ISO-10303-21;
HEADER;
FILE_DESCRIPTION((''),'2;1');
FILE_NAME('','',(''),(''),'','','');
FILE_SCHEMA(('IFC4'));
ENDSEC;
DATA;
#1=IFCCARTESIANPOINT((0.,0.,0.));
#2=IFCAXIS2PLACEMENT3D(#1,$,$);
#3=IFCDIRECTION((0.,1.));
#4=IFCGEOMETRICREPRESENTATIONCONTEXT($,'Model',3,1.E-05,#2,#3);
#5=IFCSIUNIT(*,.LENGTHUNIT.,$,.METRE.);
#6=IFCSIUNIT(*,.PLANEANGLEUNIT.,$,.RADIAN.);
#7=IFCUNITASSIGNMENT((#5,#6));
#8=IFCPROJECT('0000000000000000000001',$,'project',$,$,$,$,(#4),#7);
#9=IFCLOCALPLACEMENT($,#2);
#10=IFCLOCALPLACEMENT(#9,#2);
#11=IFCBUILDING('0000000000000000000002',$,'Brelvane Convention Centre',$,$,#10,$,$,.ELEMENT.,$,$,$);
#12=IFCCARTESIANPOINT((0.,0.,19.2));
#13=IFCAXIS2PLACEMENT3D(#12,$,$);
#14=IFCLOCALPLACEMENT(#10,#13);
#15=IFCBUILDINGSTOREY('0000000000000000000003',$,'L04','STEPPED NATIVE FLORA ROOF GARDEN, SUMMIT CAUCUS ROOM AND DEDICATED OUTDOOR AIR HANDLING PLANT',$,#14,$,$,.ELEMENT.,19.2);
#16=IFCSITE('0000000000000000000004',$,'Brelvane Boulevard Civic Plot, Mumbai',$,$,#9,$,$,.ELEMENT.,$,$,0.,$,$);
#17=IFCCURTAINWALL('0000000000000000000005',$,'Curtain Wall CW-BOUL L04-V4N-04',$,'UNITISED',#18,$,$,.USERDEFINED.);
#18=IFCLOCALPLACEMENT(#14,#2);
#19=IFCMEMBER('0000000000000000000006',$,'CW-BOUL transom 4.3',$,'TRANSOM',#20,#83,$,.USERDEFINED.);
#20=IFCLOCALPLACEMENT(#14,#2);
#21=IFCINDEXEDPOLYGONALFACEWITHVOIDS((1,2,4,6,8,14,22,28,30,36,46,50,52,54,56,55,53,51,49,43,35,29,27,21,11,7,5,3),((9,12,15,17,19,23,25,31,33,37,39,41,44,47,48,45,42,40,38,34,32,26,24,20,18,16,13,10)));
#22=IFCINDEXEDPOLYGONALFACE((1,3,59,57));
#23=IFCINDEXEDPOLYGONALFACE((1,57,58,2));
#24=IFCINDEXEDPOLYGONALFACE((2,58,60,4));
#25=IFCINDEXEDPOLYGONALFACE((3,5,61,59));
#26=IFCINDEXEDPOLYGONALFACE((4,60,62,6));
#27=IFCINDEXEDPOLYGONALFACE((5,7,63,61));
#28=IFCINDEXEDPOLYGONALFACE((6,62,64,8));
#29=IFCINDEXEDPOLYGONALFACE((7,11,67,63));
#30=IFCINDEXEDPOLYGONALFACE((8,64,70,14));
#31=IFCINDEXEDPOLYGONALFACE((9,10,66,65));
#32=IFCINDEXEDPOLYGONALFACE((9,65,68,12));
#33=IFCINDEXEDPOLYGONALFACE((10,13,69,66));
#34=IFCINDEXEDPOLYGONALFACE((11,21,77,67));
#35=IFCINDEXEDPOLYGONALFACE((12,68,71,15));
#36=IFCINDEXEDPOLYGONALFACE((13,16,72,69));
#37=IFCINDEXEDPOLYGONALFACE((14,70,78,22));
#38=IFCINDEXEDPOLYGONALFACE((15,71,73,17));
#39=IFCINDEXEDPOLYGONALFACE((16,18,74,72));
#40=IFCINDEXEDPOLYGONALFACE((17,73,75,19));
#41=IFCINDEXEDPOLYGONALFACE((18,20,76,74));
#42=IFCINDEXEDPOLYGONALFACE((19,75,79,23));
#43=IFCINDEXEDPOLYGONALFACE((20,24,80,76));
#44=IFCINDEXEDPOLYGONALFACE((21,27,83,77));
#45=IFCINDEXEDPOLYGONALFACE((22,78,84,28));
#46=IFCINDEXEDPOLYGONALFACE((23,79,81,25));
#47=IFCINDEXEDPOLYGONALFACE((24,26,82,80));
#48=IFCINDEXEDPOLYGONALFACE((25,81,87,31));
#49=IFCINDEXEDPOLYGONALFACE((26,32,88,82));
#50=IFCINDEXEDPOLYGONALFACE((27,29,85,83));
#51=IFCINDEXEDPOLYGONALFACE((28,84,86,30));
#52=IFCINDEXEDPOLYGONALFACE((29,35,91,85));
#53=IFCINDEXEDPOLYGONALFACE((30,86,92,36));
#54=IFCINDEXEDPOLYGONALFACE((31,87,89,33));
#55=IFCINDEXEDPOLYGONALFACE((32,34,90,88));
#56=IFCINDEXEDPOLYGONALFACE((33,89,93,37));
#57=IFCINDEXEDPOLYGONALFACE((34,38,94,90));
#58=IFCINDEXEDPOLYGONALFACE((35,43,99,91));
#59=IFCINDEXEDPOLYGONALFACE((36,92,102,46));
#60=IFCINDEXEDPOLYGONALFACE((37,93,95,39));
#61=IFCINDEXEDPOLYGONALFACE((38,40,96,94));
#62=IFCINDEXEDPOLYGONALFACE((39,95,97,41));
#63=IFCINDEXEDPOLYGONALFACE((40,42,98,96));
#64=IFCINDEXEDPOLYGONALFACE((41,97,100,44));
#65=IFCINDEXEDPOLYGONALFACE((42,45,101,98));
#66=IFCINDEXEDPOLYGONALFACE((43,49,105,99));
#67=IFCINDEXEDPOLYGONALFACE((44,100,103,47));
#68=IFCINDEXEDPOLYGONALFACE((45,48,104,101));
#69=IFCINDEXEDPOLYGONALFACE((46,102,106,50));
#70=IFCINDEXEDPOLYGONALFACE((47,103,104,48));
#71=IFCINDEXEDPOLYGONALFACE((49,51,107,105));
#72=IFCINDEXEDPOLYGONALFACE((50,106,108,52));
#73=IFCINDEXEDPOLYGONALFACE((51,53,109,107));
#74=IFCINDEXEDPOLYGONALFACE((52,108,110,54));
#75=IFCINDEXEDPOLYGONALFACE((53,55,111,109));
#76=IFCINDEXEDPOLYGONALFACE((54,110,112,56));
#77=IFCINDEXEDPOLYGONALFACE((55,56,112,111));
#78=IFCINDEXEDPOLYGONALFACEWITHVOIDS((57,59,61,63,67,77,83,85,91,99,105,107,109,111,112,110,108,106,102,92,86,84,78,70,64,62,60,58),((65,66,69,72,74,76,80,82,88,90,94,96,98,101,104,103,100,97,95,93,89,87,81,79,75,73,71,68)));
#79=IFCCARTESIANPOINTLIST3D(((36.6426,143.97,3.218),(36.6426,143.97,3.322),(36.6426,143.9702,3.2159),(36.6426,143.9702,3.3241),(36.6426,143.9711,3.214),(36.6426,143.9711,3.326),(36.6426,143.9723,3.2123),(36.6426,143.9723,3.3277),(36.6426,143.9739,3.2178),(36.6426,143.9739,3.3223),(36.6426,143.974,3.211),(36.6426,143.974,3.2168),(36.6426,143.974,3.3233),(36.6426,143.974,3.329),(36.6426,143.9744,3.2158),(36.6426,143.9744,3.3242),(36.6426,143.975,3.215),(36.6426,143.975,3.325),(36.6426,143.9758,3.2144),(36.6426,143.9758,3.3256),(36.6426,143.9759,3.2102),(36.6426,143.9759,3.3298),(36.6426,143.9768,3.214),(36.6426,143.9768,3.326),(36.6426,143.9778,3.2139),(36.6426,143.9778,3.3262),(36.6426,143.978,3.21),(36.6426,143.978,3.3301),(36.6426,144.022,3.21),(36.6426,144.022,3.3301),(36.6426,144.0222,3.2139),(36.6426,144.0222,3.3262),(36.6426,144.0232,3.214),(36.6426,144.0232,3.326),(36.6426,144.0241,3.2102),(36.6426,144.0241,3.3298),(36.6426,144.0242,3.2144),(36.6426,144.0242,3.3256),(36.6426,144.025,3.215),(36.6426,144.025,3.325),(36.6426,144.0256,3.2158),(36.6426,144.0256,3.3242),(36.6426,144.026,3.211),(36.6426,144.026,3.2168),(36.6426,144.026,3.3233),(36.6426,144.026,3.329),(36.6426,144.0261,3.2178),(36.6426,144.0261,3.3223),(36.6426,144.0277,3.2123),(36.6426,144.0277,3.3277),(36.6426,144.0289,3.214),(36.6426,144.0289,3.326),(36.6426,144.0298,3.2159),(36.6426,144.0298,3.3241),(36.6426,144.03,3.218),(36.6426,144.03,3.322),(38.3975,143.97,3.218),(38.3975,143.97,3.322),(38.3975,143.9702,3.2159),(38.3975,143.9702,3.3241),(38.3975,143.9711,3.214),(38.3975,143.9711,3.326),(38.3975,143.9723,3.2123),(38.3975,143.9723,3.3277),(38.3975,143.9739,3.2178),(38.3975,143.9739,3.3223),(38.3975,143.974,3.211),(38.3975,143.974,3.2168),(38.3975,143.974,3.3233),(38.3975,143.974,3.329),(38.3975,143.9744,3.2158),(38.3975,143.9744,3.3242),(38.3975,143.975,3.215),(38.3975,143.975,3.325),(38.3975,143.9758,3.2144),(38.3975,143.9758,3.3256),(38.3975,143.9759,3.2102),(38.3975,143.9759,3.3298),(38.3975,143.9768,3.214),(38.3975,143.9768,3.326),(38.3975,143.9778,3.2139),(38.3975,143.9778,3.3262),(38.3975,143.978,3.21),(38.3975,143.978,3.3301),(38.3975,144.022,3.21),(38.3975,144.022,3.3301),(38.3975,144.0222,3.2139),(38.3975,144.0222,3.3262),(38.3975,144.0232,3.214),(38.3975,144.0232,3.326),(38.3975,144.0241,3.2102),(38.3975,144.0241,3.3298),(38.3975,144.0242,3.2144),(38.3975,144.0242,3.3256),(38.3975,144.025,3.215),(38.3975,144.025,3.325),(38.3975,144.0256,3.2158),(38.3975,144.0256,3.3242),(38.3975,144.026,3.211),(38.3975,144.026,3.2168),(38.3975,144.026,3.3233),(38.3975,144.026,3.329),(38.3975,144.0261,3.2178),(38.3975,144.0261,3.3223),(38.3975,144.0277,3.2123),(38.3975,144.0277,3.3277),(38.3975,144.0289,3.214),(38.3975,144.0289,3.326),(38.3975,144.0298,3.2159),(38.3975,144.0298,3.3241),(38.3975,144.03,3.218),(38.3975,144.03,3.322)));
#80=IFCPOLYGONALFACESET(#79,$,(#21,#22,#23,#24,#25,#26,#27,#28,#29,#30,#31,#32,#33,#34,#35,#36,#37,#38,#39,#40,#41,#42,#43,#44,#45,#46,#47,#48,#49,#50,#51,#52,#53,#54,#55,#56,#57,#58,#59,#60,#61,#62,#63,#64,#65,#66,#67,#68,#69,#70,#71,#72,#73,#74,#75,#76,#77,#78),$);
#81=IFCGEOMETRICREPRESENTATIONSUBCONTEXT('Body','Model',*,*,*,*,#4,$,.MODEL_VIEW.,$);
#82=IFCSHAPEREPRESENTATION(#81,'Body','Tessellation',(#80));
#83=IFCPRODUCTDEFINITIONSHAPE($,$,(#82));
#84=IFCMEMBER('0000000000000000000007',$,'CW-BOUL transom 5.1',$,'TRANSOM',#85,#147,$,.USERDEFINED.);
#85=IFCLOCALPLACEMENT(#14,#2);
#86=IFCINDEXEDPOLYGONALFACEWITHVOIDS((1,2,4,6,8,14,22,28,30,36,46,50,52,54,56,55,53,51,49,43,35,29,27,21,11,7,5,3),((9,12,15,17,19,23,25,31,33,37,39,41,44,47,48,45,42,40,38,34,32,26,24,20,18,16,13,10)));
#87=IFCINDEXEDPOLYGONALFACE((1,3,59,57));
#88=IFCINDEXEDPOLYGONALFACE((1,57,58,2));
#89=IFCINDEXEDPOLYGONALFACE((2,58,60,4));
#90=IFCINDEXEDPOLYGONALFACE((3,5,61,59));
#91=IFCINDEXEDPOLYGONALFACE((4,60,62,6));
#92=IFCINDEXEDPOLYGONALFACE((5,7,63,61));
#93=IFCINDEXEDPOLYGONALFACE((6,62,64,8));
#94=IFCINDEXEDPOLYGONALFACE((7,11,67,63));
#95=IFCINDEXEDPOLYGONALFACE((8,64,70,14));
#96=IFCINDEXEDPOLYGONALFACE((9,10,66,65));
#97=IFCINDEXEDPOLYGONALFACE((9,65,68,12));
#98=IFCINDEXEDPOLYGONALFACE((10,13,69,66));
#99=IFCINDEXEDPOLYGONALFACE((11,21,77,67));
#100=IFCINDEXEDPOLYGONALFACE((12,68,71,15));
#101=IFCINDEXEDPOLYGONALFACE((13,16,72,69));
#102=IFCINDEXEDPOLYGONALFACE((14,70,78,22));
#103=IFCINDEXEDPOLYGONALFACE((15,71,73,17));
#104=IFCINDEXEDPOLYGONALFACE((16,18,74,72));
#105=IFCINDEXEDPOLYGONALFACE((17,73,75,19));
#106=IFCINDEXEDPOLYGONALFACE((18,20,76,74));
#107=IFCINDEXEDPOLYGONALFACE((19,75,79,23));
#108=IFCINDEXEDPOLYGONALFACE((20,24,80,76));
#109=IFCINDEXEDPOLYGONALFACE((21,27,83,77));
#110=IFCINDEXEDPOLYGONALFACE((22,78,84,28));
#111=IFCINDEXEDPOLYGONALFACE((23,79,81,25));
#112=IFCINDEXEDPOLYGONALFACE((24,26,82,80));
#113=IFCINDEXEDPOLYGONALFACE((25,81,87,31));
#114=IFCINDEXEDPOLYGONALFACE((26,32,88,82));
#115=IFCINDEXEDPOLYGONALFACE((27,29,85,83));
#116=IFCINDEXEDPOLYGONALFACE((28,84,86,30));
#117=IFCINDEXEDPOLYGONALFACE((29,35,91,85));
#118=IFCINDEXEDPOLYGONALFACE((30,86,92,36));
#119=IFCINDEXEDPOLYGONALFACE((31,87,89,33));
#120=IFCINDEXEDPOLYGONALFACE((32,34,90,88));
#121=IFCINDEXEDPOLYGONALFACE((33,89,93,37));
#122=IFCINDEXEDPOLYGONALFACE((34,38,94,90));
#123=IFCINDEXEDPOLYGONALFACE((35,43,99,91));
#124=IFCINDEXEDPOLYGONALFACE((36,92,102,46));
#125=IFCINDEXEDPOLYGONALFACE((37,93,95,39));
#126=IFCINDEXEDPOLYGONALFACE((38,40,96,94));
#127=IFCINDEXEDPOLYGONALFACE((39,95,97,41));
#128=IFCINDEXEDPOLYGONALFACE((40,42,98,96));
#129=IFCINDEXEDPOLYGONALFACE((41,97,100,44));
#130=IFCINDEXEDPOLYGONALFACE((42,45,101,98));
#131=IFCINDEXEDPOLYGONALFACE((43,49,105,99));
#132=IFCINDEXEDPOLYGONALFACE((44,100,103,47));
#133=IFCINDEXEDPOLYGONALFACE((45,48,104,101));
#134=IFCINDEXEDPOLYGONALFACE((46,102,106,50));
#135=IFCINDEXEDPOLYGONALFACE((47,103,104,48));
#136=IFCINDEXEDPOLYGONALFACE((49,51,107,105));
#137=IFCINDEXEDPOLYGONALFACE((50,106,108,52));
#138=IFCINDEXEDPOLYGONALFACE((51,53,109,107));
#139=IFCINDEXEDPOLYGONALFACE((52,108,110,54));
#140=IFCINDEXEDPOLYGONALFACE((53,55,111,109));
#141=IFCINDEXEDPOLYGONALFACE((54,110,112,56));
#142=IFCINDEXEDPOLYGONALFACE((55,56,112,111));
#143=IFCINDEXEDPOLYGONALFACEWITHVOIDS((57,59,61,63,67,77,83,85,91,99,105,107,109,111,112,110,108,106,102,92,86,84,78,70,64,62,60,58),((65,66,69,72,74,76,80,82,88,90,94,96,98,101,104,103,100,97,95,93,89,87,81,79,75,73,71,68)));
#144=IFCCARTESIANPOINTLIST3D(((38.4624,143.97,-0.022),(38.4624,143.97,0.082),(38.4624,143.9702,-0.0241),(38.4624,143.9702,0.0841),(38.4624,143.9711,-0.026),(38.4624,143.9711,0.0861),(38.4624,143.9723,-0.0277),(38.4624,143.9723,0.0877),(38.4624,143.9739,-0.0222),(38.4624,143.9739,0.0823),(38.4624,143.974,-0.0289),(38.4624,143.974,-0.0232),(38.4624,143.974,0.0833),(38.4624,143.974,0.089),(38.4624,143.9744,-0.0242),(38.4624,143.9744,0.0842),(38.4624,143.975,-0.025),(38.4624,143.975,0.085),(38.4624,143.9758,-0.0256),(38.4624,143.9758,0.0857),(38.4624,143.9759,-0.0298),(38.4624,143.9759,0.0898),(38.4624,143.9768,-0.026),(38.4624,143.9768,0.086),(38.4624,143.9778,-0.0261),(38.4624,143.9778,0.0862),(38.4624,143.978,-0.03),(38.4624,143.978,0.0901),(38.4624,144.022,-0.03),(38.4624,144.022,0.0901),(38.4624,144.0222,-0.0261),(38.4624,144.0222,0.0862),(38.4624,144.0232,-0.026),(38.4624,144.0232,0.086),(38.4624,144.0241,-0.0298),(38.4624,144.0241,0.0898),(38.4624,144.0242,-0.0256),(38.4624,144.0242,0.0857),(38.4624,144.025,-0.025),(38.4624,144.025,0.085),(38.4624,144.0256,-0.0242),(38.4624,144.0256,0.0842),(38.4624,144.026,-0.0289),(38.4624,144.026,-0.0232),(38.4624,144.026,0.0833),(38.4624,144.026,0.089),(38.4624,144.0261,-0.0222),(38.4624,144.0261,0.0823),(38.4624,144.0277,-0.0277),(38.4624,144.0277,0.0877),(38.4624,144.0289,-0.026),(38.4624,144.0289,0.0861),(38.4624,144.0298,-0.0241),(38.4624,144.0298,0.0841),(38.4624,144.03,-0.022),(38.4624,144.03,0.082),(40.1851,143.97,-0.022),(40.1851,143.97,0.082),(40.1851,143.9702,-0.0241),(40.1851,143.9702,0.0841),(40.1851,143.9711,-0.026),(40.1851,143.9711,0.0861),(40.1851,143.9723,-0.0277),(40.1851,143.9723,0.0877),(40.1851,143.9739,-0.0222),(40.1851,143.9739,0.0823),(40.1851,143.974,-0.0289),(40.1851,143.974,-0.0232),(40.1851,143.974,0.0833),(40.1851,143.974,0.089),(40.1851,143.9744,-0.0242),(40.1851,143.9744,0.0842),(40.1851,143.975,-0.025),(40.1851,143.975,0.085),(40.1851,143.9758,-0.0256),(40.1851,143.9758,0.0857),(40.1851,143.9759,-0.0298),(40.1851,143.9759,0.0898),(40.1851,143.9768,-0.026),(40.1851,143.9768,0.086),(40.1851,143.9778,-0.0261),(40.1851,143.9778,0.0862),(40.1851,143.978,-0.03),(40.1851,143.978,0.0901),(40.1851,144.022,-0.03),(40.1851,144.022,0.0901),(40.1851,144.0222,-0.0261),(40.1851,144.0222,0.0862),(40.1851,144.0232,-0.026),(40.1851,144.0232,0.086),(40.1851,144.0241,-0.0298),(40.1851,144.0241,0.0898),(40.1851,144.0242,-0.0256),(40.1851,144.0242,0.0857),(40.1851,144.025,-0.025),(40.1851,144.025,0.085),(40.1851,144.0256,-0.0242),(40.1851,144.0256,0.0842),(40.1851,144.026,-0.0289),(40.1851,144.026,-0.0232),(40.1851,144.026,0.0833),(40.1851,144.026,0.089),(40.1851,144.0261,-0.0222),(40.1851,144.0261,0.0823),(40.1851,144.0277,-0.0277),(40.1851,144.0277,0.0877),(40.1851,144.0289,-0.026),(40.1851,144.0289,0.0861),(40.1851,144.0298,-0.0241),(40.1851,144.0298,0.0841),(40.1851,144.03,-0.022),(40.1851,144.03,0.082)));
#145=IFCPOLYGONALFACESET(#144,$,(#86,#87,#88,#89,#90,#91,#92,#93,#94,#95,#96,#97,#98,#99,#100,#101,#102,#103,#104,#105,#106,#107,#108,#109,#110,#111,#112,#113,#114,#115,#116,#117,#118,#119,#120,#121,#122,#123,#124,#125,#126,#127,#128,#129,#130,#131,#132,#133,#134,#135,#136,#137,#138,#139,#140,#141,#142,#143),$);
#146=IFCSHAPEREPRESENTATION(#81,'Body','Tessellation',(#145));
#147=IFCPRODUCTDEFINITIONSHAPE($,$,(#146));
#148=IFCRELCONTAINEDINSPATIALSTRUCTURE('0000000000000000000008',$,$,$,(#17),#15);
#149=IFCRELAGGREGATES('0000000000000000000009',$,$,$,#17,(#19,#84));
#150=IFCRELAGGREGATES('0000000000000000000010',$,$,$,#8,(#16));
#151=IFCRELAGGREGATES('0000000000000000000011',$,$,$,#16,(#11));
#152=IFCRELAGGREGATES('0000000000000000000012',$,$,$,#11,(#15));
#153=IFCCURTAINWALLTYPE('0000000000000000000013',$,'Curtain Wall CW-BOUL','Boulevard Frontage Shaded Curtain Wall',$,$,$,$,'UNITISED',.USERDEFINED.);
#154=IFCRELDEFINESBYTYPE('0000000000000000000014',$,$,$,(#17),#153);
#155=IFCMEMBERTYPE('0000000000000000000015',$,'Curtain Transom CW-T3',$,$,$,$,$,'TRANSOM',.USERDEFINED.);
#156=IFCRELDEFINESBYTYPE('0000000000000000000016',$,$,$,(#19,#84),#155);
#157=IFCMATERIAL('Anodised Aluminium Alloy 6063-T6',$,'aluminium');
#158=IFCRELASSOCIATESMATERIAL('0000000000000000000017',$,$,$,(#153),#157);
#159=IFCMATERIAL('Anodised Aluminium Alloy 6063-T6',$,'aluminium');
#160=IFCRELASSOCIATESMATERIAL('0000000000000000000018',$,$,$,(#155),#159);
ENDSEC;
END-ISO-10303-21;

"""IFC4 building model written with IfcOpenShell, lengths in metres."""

from ifc_helpers import new_model, si_unit, direction, frame, origin, origin_2d, place, context, subcontext, project, spatial, hollow_rectangle, extrude, material, material_profile, profile_set, type_object, element, aggregate, save


model = new_model("IFC4")

# Units and contexts
model_context = context("Model", 3, precision=1e-05, world=origin(), true_north=direction((0.0, 1.0)))
body_context = subcontext(model_context, "Body", "Model", "MODEL_VIEW")
ifc_project = project(units=[si_unit("LENGTHUNIT", "METRE"), si_unit("PLANEANGLEUNIT", "RADIAN")], contexts=[model_context])

# Site, building, storey
site_placement = place(None, origin())
site = spatial("IfcSite", under=ifc_project, at=site_placement, Name="Brelvane Boulevard Civic Plot, Mumbai", CompositionType="ELEMENT", RefElevation=0.0)
building_placement = place(site_placement, origin())
building = spatial("IfcBuilding", under=site, at=building_placement, Name="Brelvane Convention Centre", CompositionType="ELEMENT")
storey_placement = place(building_placement, frame((0.0, 0.0, 19.2)))
storey = spatial("IfcBuildingStorey", under=building, at=storey_placement, Name="L04", Description="STEPPED NATIVE FLORA ROOF GARDEN, SUMMIT CAUCUS ROOM AND DEDICATED OUTDOOR AIR HANDLING PLANT", CompositionType="ELEMENT", Elevation=19.2)

# Curtain wall, members
ifc_material_1 = material(Name="Anodised Aluminium Alloy 6063-T6", Category="aluminium")
curtain_wall_type = type_object("IfcCurtainWallType", Name="Curtain Wall CW-BOUL", Description="Boulevard Frontage Shaded Curtain Wall", ElementType="UNITISED", PredefinedType="USERDEFINED", material=ifc_material_1)
curtain_wall_placement = place(storey_placement, origin())
curtain_wall = element("IfcCurtainWall", 1, at=curtain_wall_placement, inside=storey, type_object=curtain_wall_type, Name="Curtain Wall CW-BOUL L04-V4N-04", ObjectType="UNITISED", PredefinedType="USERDEFINED")
ifc_material_2 = material(Name="Anodised Aluminium Alloy 6063-T6", Category="aluminium")
ifc_material_profile_1 = material_profile(ifc_material_2, hollow_rectangle(XDim=0.0601, YDim=0.1201, WallThickness=0.0039, InnerFilletRadius=0.0039, OuterFilletRadius=0.0081, at=origin_2d()), Name="ALU-T 120x60x4.0")
ifc_profile_set_1 = profile_set([ifc_material_profile_1], Name="Anodised Aluminium Alloy 6063-T6")
member_type_1 = type_object("IfcMemberType", Name="Curtain Transom CW-T3", ElementType="TRANSOM", PredefinedType="USERDEFINED", material=ifc_profile_set_1)
member_1_placement = place(storey_placement, frame((36.6426, 144.0, 3.27), z_axis=(1.0, 0.0, 0.0), x_axis=(0.0, 1.0, 0.0)))
member_1 = element("IfcMember", 2, at=member_1_placement, type_object=member_type_1, Name="CW-BOUL transom 4.3", ObjectType="TRANSOM", PredefinedType="USERDEFINED", context=body_context, shape_type="SweptSolid", body=[
    extrude(hollow_rectangle(XDim=0.0601, YDim=0.1201, WallThickness=0.0039, InnerFilletRadius=0.0039, OuterFilletRadius=0.0081, at=origin_2d()), origin(), (0.0, 0.0, 1.0), 1.7549),
])
member_2_placement = place(storey_placement, frame((38.4624, 144.0, 0.03), z_axis=(1.0, 0.0, 0.0), x_axis=(0.0, 1.0, 0.0)))
member_2 = element("IfcMember", 3, at=member_2_placement, type_object=member_type_1, Name="CW-BOUL transom 5.1", ObjectType="TRANSOM", PredefinedType="USERDEFINED", context=body_context, shape_type="SweptSolid", body=[
    extrude(hollow_rectangle(XDim=0.0601, YDim=0.1201, WallThickness=0.0039, InnerFilletRadius=0.0039, OuterFilletRadius=0.0081, at=origin_2d()), origin(), (0.0, 0.0, 1.0), 1.7227),
])

aggregate(curtain_wall, [member_1, member_2])

save(model, "model.ifc")
